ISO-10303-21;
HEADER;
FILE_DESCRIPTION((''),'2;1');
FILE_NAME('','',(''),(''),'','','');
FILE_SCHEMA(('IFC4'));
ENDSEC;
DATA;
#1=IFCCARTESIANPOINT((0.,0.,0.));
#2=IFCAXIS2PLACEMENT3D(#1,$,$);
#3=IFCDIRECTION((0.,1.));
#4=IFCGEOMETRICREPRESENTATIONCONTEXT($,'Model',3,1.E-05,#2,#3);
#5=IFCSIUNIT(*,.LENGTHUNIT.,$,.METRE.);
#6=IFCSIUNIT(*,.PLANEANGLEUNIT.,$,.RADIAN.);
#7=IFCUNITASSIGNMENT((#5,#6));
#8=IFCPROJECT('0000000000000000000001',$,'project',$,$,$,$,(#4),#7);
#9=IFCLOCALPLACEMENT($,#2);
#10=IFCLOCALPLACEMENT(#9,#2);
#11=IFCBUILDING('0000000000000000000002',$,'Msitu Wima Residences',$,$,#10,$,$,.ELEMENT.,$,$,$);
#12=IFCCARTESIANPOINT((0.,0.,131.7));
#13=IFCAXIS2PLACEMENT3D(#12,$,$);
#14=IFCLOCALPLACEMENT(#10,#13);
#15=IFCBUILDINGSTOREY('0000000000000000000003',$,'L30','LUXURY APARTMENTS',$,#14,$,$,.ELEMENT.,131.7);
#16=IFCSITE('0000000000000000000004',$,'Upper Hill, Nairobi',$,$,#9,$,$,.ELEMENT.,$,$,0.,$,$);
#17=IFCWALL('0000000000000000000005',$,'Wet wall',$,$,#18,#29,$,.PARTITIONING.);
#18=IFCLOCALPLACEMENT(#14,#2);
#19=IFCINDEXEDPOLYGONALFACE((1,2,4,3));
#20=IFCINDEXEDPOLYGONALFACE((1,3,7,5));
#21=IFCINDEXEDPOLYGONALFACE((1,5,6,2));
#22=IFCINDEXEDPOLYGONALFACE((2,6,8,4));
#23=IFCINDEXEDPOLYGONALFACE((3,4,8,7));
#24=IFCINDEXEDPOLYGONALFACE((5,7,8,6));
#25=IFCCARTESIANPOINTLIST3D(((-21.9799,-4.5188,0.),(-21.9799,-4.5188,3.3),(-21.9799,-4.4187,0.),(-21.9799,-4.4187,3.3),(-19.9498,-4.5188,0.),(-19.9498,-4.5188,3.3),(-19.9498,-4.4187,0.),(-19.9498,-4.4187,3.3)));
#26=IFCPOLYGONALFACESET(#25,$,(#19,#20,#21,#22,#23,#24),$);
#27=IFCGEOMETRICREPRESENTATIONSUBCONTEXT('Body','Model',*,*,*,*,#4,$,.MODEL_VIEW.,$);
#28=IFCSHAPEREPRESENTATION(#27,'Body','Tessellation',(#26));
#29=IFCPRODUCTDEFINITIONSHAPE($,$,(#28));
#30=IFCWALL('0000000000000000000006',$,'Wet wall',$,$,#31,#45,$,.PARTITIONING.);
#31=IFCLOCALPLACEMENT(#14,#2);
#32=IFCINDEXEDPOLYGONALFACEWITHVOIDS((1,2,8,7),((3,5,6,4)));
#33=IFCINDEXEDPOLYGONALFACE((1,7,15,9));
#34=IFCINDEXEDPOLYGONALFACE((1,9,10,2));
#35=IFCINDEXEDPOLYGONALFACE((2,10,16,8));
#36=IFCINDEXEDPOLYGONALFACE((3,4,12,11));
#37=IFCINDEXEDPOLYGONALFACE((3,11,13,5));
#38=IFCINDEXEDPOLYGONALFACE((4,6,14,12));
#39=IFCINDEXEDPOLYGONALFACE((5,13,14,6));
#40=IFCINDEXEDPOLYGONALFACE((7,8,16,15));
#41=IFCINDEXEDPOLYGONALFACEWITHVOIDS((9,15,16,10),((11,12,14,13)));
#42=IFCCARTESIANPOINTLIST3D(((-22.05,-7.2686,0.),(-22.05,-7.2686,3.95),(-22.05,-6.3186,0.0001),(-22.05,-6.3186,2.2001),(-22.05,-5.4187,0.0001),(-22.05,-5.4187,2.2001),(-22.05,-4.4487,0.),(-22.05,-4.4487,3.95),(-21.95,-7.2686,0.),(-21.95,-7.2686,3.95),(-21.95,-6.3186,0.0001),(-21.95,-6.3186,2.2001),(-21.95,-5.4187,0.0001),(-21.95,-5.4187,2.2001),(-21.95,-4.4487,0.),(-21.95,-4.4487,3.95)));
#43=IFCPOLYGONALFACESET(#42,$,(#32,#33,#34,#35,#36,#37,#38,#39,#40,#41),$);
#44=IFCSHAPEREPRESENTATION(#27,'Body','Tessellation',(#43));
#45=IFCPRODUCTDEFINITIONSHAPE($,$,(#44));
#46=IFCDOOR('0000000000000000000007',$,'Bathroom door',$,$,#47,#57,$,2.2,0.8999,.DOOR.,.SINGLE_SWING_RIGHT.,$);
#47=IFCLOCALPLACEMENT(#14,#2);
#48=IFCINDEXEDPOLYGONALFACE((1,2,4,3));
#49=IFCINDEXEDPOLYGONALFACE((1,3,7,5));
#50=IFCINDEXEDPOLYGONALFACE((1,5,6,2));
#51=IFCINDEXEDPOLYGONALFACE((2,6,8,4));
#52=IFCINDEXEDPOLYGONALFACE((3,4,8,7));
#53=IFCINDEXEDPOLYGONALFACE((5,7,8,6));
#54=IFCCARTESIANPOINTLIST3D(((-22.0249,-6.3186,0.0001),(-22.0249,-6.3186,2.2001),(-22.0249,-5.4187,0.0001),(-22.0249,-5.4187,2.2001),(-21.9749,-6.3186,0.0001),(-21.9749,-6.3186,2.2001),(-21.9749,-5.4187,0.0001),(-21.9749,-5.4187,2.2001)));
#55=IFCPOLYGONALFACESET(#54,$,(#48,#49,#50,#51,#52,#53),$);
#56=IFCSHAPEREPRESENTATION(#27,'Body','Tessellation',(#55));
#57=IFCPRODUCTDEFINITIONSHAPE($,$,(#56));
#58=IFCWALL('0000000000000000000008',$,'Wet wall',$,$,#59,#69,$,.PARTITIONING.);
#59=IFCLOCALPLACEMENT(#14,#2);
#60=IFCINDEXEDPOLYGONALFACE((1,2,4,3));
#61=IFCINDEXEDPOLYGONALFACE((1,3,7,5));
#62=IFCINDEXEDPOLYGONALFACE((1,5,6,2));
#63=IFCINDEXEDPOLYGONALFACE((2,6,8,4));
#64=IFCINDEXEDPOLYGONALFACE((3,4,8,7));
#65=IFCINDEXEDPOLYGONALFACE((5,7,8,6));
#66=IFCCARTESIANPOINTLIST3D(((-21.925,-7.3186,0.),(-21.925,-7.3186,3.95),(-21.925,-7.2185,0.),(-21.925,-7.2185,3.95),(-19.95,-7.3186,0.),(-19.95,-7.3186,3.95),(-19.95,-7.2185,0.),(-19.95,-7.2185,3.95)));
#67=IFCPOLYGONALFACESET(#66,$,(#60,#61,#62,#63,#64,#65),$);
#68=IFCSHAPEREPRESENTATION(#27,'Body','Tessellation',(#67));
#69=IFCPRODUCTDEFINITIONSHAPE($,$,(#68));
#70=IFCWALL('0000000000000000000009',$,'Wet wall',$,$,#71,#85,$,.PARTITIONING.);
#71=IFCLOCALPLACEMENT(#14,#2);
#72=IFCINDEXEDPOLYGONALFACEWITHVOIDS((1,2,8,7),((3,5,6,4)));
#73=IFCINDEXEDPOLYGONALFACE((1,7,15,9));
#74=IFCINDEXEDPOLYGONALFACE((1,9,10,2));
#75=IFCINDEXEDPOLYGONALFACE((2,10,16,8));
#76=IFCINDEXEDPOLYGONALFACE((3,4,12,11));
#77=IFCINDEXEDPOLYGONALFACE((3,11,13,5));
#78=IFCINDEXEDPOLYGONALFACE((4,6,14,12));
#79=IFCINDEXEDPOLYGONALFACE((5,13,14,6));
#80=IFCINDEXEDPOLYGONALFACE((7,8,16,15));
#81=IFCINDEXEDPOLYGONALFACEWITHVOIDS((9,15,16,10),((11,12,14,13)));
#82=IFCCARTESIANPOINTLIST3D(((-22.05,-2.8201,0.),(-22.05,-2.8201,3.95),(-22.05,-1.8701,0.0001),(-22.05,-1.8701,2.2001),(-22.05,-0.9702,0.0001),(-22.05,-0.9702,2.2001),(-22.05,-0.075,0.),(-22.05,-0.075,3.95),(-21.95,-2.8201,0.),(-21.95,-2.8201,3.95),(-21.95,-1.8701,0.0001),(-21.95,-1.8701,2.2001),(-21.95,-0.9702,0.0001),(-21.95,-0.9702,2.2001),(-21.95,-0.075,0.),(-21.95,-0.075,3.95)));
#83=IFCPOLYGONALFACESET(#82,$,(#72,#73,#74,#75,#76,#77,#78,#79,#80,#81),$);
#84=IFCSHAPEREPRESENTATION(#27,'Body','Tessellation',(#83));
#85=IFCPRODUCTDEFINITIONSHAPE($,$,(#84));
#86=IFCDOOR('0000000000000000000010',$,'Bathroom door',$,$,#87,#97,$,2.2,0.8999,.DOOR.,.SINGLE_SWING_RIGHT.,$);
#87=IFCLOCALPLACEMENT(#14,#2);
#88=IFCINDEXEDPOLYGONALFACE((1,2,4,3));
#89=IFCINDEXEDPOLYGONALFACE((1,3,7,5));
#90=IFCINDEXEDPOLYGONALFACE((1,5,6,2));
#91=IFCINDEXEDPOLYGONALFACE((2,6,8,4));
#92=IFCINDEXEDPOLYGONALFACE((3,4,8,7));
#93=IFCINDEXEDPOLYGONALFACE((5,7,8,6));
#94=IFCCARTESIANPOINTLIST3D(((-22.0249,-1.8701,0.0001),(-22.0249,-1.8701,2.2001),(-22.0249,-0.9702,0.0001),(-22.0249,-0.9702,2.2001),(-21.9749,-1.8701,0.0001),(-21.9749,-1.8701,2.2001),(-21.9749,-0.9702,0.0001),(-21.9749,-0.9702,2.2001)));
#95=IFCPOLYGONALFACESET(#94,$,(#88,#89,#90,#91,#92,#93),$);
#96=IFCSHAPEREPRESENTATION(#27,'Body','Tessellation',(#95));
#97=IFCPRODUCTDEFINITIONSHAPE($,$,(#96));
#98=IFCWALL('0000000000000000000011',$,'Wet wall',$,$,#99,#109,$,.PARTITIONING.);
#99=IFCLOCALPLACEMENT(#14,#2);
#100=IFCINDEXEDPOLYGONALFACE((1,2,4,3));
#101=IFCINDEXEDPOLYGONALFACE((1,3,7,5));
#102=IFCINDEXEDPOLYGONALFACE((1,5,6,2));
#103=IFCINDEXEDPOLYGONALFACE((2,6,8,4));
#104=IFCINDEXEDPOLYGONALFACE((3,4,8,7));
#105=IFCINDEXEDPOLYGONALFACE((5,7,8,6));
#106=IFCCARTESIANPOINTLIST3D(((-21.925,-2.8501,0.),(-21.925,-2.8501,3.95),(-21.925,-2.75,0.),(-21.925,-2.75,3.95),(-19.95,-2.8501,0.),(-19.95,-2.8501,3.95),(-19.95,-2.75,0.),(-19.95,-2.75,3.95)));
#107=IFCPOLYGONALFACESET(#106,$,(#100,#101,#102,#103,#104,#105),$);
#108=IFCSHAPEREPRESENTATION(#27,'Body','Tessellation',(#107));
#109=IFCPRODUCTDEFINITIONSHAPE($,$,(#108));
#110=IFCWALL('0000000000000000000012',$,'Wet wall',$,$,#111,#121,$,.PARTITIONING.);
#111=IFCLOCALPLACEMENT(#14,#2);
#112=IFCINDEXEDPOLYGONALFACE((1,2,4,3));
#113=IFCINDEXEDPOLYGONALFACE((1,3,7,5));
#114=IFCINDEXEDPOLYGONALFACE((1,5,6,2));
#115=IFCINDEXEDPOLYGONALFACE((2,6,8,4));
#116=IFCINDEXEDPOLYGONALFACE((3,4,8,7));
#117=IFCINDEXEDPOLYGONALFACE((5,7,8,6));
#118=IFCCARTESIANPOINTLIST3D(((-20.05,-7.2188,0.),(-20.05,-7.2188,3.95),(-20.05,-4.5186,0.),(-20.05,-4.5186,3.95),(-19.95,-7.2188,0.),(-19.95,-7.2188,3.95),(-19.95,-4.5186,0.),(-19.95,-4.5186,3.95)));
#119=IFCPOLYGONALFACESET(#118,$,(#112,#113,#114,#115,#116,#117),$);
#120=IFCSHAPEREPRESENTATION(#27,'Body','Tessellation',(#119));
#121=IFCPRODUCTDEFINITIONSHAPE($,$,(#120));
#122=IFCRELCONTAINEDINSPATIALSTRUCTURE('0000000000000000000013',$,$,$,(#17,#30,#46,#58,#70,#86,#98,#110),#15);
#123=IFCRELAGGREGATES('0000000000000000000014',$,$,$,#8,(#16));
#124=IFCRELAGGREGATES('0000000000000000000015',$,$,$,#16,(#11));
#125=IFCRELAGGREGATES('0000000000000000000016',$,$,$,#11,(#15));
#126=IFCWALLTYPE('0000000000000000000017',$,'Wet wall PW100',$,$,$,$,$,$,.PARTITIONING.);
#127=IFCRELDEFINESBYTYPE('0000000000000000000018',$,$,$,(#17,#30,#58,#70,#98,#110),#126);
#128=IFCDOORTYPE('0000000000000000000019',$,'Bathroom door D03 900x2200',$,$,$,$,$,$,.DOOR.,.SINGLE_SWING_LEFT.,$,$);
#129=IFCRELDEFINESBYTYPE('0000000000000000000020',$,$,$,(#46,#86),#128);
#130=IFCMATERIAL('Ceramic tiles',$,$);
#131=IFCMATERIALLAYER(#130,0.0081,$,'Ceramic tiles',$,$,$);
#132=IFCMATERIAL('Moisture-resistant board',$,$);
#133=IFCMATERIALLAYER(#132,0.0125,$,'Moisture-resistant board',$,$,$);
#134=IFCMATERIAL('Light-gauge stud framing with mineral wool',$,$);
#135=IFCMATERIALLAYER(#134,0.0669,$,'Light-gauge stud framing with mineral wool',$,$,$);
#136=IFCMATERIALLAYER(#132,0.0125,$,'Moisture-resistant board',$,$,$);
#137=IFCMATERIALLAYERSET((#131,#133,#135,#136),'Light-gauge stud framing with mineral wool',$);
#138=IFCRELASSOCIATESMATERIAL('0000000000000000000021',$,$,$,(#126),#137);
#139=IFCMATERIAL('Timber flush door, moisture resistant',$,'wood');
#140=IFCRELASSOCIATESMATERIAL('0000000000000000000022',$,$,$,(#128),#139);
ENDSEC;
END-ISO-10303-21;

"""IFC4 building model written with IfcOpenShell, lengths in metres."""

from ifc_helpers import new_model, si_unit, direction, frame, frame_2d, origin, place, context, subcontext, project, spatial, rectangle, extrude, material, layer, layer_set, type_object, element, fill, save


model = new_model("IFC4")

# Units and contexts
model_context = context("Model", 3, precision=1e-05, world=origin(), true_north=direction((0.0, 1.0)))
body_context = subcontext(model_context, "Body", "Model", "MODEL_VIEW")
ifc_project = project(units=[si_unit("LENGTHUNIT", "METRE"), si_unit("PLANEANGLEUNIT", "RADIAN")], contexts=[model_context])

# Site, building, storey
site_placement = place(None, origin())
site = spatial("IfcSite", under=ifc_project, at=site_placement, Name="Upper Hill, Nairobi", CompositionType="ELEMENT", RefElevation=0.0)
building_placement = place(site_placement, origin())
building = spatial("IfcBuilding", under=site, at=building_placement, Name="Msitu Wima Residences", CompositionType="ELEMENT")
storey_placement = place(building_placement, frame((0.0, 0.0, 131.7)))
storey = spatial("IfcBuildingStorey", under=building, at=storey_placement, Name="L30", Description="LUXURY APARTMENTS", CompositionType="ELEMENT", Elevation=131.7)

# Wall
ifc_material_1 = material(Name="Ceramic tiles")
ifc_layer_1 = layer(ifc_material_1, 0.0081, Name="Ceramic tiles")
ifc_material_2 = material(Name="Moisture-resistant board")
ifc_layer_2 = layer(ifc_material_2, 0.0125, Name="Moisture-resistant board")
ifc_material_3 = material(Name="Light-gauge stud framing with mineral wool")
ifc_layer_3 = layer(ifc_material_3, 0.0669, Name="Light-gauge stud framing with mineral wool")
ifc_layer_4 = layer(ifc_material_2, 0.0125, Name="Moisture-resistant board")
ifc_layer_set_1 = layer_set([ifc_layer_1, ifc_layer_2, ifc_layer_3, ifc_layer_4], Name="Light-gauge stud framing with mineral wool")
wall_type_1 = type_object("IfcWallType", Name="Wet wall PW100", PredefinedType="PARTITIONING", material=ifc_layer_set_1)
wall_1_placement = place(storey_placement, frame((-21.98, -4.4688, 0.0), z_axis=(0.0, 0.0, 1.0), x_axis=(1.0, 0.0, 0.0)))
element("IfcWall", 1, at=wall_1_placement, inside=storey, type_object=wall_type_1, Name="Wet wall", PredefinedType="PARTITIONING", context=body_context, shape_type="SweptSolid", body=[
    extrude(rectangle(XDim=2.03, YDim=0.1001, at=frame_2d((1.0151, 0.0))), origin(), (0.0, 0.0, 1.0), 3.3),
])

# Wall, opening, door
wall_2_placement = place(storey_placement, frame((-22.0, -7.2686, 0.0), z_axis=(0.0, 0.0, 1.0), x_axis=(0.0, 1.0, 0.0)))
wall_2 = element("IfcWall", 2, at=wall_2_placement, inside=storey, type_object=wall_type_1, Name="Wet wall", PredefinedType="PARTITIONING", context=body_context, shape_type="SweptSolid", body=[
    extrude(rectangle(XDim=2.8198, YDim=0.1001, at=frame_2d((1.4099, 0.0))), origin(), (0.0, 0.0, 1.0), 3.95),
])
opening_1_placement = place(wall_2_placement, frame((0.95, 0.0, 0.0)))
opening_1 = element("IfcOpeningElement", 3, at=opening_1_placement, cuts=wall_2, PredefinedType="OPENING", context=body_context, shape_type="SweptSolid", body=[
    extrude(rectangle(XDim=0.8999, YDim=2.2, at=frame_2d((0.45, 1.1001))), frame((0.0, 0.0601, 0.0), z_axis=(0.0, -1.0, 0.0), x_axis=(1.0, 0.0, 0.0)), (0.0, 0.0, 1.0), 0.1201),
])
ifc_material_4 = material(Name="Timber flush door, moisture resistant", Category="wood")
door_type_1 = type_object("IfcDoorType", Name="Bathroom door D03 900x2200", OperationType="SINGLE_SWING_LEFT", PredefinedType="DOOR", material=ifc_material_4)
door_1_placement = place(opening_1_placement, origin())
door_1 = element("IfcDoor", 4, at=door_1_placement, inside=storey, type_object=door_type_1, Name="Bathroom door", OperationType="SINGLE_SWING_RIGHT", OverallHeight=2.2, OverallWidth=0.8999, PredefinedType="DOOR", context=body_context, shape_type="SweptSolid", body=[
    extrude(rectangle(XDim=0.8999, YDim=2.2, at=frame_2d((0.45, 1.1001))), frame((0.0, 0.0249, 0.0), z_axis=(0.0, -1.0, 0.0), x_axis=(1.0, 0.0, 0.0)), (0.0, 0.0, 1.0), 0.05),
])
fill(opening_1, door_1)

# Wall
wall_3_placement = place(storey_placement, frame((-21.925, -7.2686, 0.0), z_axis=(0.0, 0.0, 1.0), x_axis=(1.0, 0.0, 0.0)))
element("IfcWall", 5, at=wall_3_placement, inside=storey, type_object=wall_type_1, Name="Wet wall", PredefinedType="PARTITIONING", context=body_context, shape_type="SweptSolid", body=[
    extrude(rectangle(XDim=1.9751, YDim=0.1001, at=frame_2d((0.9875, 0.0))), origin(), (0.0, 0.0, 1.0), 3.95),
])

# Wall, opening, door
wall_4_placement = place(storey_placement, frame((-22.0, -2.8201, 0.0), z_axis=(0.0, 0.0, 1.0), x_axis=(0.0, 1.0, 0.0)))
wall_4 = element("IfcWall", 6, at=wall_4_placement, inside=storey, type_object=wall_type_1, Name="Wet wall", PredefinedType="PARTITIONING", context=body_context, shape_type="SweptSolid", body=[
    extrude(rectangle(XDim=2.7451, YDim=0.1001, at=frame_2d((1.3726, 0.0))), origin(), (0.0, 0.0, 1.0), 3.95),
])
opening_2_placement = place(wall_4_placement, frame((0.95, 0.0, 0.0)))
opening_2 = element("IfcOpeningElement", 7, at=opening_2_placement, cuts=wall_4, PredefinedType="OPENING", context=body_context, shape_type="SweptSolid", body=[
    extrude(rectangle(XDim=0.8999, YDim=2.2, at=frame_2d((0.45, 1.1001))), frame((0.0, 0.0601, 0.0), z_axis=(0.0, -1.0, 0.0), x_axis=(1.0, 0.0, 0.0)), (0.0, 0.0, 1.0), 0.1201),
])
door_2_placement = place(opening_2_placement, origin())
door_2 = element("IfcDoor", 8, at=door_2_placement, inside=storey, type_object=door_type_1, Name="Bathroom door", OperationType="SINGLE_SWING_RIGHT", OverallHeight=2.2, OverallWidth=0.8999, PredefinedType="DOOR", context=body_context, shape_type="SweptSolid", body=[
    extrude(rectangle(XDim=0.8999, YDim=2.2, at=frame_2d((0.45, 1.1001))), frame((0.0, 0.0249, 0.0), z_axis=(0.0, -1.0, 0.0), x_axis=(1.0, 0.0, 0.0)), (0.0, 0.0, 1.0), 0.05),
])
fill(opening_2, door_2)

# Walls
wall_5_placement = place(storey_placement, frame((-21.925, -2.8, 0.0), z_axis=(0.0, 0.0, 1.0), x_axis=(1.0, 0.0, 0.0)))
element("IfcWall", 9, at=wall_5_placement, inside=storey, type_object=wall_type_1, Name="Wet wall", PredefinedType="PARTITIONING", context=body_context, shape_type="SweptSolid", body=[
    extrude(rectangle(XDim=1.9751, YDim=0.1001, at=frame_2d((0.9875, 0.0))), origin(), (0.0, 0.0, 1.0), 3.95),
])
wall_6_placement = place(storey_placement, frame((-20.0, -7.2188, 0.0), z_axis=(0.0, 0.0, 1.0), x_axis=(0.0, 1.0, 0.0)))
element("IfcWall", 10, at=wall_6_placement, inside=storey, type_object=wall_type_1, Name="Wet wall", PredefinedType="PARTITIONING", context=body_context, shape_type="SweptSolid", body=[
    extrude(rectangle(XDim=2.7002, YDim=0.1001, at=frame_2d((1.3501, 0.0))), origin(), (0.0, 0.0, 1.0), 3.95),
])

save(model, "model.ifc")
